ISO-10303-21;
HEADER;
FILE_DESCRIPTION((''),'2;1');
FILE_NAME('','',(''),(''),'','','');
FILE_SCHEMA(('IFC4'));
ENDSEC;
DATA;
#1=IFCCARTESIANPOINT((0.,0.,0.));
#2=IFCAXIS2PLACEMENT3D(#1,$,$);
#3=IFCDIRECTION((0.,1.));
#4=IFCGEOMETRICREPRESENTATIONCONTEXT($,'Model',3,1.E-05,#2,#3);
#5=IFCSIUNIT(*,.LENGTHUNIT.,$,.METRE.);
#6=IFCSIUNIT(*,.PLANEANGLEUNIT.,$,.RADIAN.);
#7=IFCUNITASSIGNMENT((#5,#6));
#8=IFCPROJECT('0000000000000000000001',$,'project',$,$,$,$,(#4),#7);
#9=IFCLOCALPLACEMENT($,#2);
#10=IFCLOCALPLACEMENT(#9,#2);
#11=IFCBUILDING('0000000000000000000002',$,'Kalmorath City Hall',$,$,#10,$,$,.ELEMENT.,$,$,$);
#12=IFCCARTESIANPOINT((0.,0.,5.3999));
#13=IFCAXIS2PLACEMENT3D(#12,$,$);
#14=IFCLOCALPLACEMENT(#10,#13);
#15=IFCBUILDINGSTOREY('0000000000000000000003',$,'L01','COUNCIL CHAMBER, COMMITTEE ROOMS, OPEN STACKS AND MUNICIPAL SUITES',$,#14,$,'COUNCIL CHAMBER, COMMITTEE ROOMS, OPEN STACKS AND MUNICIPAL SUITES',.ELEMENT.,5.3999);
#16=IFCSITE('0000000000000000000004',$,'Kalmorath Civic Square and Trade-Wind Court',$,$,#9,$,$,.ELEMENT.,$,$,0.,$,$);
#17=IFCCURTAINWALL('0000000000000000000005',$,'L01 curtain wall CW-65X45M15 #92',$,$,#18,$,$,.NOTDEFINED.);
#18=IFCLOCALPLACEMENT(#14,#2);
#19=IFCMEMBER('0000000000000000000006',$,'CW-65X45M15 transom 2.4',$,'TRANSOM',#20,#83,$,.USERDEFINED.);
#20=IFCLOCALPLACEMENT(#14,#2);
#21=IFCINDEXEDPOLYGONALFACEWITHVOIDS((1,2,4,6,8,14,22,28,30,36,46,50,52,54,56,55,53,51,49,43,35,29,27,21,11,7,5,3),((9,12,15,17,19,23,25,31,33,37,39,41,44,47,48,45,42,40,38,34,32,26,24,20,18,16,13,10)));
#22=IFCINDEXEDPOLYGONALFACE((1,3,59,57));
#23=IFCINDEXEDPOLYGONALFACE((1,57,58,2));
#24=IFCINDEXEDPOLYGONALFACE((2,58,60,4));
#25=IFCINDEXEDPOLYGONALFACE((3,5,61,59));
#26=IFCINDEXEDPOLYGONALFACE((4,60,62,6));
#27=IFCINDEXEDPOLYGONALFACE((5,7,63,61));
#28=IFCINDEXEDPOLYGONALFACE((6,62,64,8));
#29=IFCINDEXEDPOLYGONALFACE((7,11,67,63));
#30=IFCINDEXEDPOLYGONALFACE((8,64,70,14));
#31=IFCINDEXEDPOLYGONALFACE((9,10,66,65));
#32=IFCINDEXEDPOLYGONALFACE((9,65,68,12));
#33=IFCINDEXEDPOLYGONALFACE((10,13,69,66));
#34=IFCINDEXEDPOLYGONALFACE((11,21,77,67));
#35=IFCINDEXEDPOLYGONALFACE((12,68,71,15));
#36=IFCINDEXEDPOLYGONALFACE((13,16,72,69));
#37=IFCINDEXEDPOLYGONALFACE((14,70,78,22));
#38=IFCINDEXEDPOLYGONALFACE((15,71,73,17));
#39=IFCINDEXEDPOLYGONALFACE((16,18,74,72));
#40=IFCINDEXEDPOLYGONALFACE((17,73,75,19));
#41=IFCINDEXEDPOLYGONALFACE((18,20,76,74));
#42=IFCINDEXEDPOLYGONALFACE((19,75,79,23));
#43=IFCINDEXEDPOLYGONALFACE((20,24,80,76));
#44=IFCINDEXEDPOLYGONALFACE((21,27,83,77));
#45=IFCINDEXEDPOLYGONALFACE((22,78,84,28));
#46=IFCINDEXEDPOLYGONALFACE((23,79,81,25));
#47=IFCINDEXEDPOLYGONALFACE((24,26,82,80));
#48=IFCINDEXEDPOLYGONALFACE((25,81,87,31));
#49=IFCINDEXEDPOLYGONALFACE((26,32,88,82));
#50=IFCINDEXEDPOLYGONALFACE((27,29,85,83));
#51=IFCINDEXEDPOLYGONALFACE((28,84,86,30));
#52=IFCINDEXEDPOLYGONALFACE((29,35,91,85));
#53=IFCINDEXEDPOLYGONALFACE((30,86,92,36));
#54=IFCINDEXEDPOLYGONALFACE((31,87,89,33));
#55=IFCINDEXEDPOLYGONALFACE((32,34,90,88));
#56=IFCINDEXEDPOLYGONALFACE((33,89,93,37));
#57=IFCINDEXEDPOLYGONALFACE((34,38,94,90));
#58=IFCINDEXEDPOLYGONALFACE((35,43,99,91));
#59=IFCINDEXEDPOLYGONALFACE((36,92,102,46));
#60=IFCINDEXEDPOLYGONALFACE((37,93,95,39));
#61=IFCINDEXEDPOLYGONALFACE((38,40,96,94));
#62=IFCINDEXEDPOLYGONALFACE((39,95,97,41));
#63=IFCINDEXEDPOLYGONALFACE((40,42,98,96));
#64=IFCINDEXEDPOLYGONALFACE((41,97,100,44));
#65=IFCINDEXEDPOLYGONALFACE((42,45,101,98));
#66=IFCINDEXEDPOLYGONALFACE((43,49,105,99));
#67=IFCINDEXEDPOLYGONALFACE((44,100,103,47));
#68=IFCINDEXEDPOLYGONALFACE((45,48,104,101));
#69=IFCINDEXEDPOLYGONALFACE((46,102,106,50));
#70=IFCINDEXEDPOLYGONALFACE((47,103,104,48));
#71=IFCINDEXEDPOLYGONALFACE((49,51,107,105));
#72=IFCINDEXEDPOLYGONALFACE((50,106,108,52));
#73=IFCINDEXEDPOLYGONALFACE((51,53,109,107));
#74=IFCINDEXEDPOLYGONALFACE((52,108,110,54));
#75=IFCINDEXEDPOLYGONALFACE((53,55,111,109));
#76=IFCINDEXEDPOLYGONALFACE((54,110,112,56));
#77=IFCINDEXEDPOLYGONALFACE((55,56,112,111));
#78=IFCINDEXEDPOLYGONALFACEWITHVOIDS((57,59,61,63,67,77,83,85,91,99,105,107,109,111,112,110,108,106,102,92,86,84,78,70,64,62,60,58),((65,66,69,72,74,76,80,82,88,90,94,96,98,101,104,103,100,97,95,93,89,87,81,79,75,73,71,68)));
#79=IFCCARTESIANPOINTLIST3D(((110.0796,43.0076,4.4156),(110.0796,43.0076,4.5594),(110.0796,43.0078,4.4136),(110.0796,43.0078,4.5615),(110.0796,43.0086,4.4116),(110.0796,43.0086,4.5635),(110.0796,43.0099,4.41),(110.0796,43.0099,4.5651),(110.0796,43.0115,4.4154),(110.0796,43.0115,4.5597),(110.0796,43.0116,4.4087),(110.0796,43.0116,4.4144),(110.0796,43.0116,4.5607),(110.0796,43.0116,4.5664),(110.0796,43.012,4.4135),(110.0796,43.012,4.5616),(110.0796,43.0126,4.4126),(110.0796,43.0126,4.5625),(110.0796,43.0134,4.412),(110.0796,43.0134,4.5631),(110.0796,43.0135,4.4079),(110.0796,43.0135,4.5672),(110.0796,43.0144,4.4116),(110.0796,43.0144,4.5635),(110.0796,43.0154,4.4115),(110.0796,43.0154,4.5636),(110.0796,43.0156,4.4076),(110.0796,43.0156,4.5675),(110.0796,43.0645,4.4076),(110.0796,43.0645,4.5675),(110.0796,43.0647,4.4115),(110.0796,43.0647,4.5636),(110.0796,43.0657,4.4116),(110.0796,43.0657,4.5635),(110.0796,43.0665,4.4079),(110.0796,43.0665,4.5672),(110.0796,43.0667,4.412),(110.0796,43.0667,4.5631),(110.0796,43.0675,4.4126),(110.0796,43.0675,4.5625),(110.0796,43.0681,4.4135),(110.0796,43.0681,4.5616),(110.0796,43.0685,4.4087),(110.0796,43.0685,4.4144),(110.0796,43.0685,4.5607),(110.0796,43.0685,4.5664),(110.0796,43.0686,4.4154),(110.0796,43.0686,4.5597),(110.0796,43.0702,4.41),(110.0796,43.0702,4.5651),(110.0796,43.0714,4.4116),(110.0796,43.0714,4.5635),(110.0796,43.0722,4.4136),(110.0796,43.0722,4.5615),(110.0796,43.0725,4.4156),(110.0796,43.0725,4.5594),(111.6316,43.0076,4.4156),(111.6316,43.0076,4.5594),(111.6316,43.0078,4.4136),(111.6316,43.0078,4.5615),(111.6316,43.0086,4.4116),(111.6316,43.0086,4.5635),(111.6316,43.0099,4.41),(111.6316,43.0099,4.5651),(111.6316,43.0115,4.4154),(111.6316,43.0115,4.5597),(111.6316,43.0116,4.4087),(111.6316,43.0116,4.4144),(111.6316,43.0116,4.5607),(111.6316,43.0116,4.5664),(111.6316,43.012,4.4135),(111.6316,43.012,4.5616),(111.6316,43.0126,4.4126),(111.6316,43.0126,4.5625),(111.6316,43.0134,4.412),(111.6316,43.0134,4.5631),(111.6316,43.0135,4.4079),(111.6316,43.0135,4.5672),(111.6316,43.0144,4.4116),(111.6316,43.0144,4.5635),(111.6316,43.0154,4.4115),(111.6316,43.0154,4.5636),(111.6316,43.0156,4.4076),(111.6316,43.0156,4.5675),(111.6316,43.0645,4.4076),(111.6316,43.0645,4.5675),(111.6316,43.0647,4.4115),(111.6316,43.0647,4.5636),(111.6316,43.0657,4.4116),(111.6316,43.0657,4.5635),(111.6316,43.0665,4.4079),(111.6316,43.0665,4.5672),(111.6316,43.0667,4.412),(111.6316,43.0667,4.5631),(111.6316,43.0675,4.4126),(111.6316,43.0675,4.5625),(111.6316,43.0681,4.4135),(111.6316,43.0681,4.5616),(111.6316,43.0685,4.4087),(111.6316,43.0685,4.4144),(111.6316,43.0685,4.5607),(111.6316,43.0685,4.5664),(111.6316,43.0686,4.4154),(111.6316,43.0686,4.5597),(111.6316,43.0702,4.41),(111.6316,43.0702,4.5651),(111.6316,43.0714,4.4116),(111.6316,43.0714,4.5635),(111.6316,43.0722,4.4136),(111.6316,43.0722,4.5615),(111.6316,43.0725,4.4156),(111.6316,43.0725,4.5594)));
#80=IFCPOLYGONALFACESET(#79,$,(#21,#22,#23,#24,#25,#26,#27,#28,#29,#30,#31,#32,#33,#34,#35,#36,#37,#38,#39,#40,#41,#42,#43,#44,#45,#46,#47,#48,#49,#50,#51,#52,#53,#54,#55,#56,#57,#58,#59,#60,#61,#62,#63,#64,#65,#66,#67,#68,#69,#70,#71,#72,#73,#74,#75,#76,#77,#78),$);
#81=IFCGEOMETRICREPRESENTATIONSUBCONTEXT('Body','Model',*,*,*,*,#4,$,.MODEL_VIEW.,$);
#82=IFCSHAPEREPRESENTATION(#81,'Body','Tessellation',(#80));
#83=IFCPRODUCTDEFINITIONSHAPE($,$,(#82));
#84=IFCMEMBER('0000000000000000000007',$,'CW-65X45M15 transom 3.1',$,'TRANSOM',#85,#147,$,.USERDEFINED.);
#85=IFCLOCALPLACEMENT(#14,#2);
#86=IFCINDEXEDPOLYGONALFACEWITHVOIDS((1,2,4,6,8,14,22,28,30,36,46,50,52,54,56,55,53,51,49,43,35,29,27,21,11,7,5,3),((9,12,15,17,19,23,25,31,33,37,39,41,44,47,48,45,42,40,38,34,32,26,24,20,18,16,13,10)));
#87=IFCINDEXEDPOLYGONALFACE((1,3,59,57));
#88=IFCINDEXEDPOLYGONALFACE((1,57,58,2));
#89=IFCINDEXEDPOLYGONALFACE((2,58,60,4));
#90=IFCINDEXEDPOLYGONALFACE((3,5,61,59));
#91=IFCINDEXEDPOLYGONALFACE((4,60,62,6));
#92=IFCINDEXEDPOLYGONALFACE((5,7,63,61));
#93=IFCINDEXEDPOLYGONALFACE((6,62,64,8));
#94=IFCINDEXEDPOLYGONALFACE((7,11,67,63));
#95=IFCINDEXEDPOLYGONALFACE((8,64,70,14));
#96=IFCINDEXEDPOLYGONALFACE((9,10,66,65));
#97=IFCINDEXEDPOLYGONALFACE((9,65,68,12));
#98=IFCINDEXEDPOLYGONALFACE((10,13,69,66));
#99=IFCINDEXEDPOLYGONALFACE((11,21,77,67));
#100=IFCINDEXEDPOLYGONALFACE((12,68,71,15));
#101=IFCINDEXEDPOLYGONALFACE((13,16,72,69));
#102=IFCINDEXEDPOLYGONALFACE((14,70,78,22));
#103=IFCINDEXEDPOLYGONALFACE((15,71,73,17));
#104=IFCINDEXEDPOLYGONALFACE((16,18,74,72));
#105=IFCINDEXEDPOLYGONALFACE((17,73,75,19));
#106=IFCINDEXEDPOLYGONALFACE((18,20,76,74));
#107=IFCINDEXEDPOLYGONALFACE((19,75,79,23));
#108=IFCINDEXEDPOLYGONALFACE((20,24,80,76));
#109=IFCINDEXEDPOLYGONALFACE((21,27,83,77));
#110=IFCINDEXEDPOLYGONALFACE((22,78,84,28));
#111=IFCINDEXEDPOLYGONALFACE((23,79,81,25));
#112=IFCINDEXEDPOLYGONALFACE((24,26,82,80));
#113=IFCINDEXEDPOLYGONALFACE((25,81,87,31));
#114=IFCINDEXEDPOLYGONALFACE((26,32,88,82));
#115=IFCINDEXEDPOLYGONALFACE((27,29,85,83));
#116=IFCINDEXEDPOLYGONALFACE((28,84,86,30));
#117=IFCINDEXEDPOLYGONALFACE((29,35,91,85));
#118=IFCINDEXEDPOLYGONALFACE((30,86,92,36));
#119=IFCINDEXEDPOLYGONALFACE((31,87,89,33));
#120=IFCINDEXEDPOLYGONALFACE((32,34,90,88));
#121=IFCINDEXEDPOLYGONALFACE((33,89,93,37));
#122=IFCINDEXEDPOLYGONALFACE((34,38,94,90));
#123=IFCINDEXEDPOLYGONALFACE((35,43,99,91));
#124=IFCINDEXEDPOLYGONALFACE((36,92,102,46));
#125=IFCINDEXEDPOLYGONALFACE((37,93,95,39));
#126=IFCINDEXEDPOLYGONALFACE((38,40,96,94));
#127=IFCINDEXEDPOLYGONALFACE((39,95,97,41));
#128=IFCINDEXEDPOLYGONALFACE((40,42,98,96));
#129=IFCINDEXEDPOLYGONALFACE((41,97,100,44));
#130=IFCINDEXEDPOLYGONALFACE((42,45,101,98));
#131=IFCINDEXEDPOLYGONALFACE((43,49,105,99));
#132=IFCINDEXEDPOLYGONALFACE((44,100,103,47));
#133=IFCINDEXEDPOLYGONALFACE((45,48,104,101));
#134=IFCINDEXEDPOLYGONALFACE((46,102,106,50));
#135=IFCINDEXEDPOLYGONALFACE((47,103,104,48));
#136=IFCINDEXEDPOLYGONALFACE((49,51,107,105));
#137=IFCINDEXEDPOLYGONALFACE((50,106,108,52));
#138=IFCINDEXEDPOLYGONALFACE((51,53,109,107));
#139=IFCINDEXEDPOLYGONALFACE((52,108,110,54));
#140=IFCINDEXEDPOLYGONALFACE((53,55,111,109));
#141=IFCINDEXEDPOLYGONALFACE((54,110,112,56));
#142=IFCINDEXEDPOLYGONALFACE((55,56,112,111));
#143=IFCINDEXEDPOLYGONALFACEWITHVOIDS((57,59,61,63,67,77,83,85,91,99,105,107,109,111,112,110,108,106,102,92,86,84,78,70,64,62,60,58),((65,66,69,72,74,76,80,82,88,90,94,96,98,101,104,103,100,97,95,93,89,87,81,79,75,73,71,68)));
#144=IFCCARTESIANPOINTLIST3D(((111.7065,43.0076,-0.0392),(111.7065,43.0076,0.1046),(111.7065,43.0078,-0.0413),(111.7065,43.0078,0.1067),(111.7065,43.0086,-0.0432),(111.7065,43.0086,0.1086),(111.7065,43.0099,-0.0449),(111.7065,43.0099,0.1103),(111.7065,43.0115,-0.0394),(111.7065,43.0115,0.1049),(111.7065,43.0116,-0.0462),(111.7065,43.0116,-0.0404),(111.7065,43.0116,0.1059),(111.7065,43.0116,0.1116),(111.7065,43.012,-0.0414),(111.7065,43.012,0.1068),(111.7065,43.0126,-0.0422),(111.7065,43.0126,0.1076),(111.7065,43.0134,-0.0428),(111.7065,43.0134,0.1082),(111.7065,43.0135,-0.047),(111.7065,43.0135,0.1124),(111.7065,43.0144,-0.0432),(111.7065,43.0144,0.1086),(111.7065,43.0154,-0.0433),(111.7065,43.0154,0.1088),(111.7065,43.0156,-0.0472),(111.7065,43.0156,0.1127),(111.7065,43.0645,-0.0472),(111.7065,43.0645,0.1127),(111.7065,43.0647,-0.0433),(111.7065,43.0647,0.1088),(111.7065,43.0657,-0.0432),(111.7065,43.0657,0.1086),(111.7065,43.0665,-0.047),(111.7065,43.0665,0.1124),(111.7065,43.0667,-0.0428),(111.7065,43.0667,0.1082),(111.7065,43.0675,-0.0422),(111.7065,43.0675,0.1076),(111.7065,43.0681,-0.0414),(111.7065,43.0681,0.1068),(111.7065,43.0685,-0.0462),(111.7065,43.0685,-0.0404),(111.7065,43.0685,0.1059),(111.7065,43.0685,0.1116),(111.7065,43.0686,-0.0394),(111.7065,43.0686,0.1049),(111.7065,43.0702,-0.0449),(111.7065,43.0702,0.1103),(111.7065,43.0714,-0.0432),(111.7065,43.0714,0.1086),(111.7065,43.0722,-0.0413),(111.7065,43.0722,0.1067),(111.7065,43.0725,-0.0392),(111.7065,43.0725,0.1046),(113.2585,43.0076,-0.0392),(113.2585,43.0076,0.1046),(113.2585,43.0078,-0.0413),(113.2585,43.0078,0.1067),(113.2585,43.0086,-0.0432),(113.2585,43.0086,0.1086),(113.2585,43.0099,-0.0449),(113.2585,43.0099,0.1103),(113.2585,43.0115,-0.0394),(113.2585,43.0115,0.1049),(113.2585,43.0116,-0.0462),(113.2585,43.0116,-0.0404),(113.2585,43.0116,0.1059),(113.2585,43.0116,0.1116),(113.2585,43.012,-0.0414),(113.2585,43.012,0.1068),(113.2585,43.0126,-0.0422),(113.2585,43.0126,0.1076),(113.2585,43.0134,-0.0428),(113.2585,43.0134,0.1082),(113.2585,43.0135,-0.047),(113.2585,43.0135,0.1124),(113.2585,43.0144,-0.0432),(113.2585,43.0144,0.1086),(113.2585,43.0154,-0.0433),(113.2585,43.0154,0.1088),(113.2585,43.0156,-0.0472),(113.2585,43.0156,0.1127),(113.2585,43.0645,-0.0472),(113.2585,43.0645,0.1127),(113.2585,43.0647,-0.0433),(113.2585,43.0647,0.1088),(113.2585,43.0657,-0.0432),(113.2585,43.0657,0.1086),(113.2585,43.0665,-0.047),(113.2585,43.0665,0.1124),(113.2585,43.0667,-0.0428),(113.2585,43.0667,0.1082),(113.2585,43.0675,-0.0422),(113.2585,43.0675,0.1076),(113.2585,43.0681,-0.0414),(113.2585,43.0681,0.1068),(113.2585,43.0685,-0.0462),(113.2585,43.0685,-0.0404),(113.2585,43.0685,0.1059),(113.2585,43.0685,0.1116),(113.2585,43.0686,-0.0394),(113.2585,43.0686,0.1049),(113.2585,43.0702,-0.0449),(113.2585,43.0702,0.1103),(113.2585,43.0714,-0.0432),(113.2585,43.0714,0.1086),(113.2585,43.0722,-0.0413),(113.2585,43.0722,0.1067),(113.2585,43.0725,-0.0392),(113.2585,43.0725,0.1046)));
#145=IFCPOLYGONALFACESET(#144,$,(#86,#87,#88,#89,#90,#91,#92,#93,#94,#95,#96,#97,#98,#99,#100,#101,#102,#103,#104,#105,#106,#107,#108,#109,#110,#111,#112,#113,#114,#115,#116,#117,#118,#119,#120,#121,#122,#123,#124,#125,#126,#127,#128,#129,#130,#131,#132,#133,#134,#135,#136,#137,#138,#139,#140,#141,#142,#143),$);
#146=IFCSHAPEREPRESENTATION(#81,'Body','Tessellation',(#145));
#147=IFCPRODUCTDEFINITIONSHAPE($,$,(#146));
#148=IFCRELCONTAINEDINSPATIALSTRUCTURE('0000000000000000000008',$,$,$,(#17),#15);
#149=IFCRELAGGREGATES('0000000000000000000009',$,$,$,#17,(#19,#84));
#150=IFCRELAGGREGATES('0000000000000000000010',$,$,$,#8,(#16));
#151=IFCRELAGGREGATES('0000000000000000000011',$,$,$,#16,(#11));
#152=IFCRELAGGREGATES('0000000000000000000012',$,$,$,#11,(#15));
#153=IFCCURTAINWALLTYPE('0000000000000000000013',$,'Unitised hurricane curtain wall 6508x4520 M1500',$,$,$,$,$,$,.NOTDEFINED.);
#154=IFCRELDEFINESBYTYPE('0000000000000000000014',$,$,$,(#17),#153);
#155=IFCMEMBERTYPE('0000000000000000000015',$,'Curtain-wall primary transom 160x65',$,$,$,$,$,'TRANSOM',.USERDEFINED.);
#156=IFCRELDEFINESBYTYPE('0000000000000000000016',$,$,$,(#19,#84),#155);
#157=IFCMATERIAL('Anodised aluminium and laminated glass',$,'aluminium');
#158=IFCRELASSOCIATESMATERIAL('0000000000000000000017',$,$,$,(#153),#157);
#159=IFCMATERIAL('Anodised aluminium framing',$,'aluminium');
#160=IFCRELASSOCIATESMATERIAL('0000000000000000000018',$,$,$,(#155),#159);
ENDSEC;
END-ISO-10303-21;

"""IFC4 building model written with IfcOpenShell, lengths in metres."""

from ifc_helpers import new_model, si_unit, direction, frame, origin, origin_2d, place, context, subcontext, project, spatial, hollow_rectangle, extrude, material, material_profile, profile_set, type_object, element, aggregate, save


model = new_model("IFC4")

# Units and contexts
model_context = context("Model", 3, precision=1e-05, world=origin(), true_north=direction((0.0, 1.0)))
body_context = subcontext(model_context, "Body", "Model", "MODEL_VIEW")
ifc_project = project(units=[si_unit("LENGTHUNIT", "METRE"), si_unit("PLANEANGLEUNIT", "RADIAN")], contexts=[model_context])

# Site, building, storey
site_placement = place(None, origin())
site = spatial("IfcSite", under=ifc_project, at=site_placement, Name="Kalmorath Civic Square and Trade-Wind Court", CompositionType="ELEMENT", RefElevation=0.0)
building_placement = place(site_placement, origin())
building = spatial("IfcBuilding", under=site, at=building_placement, Name="Kalmorath City Hall", CompositionType="ELEMENT")
storey_placement = place(building_placement, frame((0.0, 0.0, 5.3999)))
storey = spatial("IfcBuildingStorey", under=building, at=storey_placement, Name="L01", Description="COUNCIL CHAMBER, COMMITTEE ROOMS, OPEN STACKS AND MUNICIPAL SUITES", LongName="COUNCIL CHAMBER, COMMITTEE ROOMS, OPEN STACKS AND MUNICIPAL SUITES", CompositionType="ELEMENT", Elevation=5.3999)

# Curtain wall, members
ifc_material_1 = material(Name="Anodised aluminium and laminated glass", Category="aluminium")
curtain_wall_type = type_object("IfcCurtainWallType", Name="Unitised hurricane curtain wall 6508x4520 M1500", PredefinedType="NOTDEFINED", material=ifc_material_1)
curtain_wall_placement = place(storey_placement, origin())
curtain_wall = element("IfcCurtainWall", 1, at=curtain_wall_placement, inside=storey, type_object=curtain_wall_type, Name="L01 curtain wall CW-65X45M15 #92", PredefinedType="NOTDEFINED")
ifc_material_2 = material(Name="Anodised aluminium framing", Category="aluminium")
ifc_material_profile_1 = material_profile(ifc_material_2, hollow_rectangle(XDim=0.0649, YDim=0.1599, WallThickness=0.0039, InnerFilletRadius=0.0039, OuterFilletRadius=0.0081, at=origin_2d()), Name="ALU-TRN-160X65X4")
ifc_profile_set_1 = profile_set([ifc_material_profile_1], Name="Anodised aluminium framing")
member_type_1 = type_object("IfcMemberType", Name="Curtain-wall primary transom 160x65", ElementType="TRANSOM", PredefinedType="USERDEFINED", material=ifc_profile_set_1)
member_1_placement = place(storey_placement, frame((110.0796, 43.04, 4.4875), z_axis=(1.0, 0.0, 0.0), x_axis=(0.0, 1.0, 0.0)))
member_1 = element("IfcMember", 2, at=member_1_placement, type_object=member_type_1, Name="CW-65X45M15 transom 2.4", ObjectType="TRANSOM", PredefinedType="USERDEFINED", context=body_context, shape_type="SweptSolid", body=[
    extrude(hollow_rectangle(XDim=0.0649, YDim=0.1599, WallThickness=0.0039, InnerFilletRadius=0.0039, OuterFilletRadius=0.0081, at=origin_2d()), origin(), (0.0, 0.0, 1.0), 1.552),
])
member_2_placement = place(storey_placement, frame((111.7065, 43.04, 0.0327), z_axis=(1.0, 0.0, 0.0), x_axis=(0.0, 1.0, 0.0)))
member_2 = element("IfcMember", 3, at=member_2_placement, type_object=member_type_1, Name="CW-65X45M15 transom 3.1", ObjectType="TRANSOM", PredefinedType="USERDEFINED", context=body_context, shape_type="SweptSolid", body=[
    extrude(hollow_rectangle(XDim=0.0649, YDim=0.1599, WallThickness=0.0039, InnerFilletRadius=0.0039, OuterFilletRadius=0.0081, at=origin_2d()), origin(), (0.0, 0.0, 1.0), 1.552),
])
aggregate(curtain_wall, [member_1, member_2])

save(model, "model.ifc")
